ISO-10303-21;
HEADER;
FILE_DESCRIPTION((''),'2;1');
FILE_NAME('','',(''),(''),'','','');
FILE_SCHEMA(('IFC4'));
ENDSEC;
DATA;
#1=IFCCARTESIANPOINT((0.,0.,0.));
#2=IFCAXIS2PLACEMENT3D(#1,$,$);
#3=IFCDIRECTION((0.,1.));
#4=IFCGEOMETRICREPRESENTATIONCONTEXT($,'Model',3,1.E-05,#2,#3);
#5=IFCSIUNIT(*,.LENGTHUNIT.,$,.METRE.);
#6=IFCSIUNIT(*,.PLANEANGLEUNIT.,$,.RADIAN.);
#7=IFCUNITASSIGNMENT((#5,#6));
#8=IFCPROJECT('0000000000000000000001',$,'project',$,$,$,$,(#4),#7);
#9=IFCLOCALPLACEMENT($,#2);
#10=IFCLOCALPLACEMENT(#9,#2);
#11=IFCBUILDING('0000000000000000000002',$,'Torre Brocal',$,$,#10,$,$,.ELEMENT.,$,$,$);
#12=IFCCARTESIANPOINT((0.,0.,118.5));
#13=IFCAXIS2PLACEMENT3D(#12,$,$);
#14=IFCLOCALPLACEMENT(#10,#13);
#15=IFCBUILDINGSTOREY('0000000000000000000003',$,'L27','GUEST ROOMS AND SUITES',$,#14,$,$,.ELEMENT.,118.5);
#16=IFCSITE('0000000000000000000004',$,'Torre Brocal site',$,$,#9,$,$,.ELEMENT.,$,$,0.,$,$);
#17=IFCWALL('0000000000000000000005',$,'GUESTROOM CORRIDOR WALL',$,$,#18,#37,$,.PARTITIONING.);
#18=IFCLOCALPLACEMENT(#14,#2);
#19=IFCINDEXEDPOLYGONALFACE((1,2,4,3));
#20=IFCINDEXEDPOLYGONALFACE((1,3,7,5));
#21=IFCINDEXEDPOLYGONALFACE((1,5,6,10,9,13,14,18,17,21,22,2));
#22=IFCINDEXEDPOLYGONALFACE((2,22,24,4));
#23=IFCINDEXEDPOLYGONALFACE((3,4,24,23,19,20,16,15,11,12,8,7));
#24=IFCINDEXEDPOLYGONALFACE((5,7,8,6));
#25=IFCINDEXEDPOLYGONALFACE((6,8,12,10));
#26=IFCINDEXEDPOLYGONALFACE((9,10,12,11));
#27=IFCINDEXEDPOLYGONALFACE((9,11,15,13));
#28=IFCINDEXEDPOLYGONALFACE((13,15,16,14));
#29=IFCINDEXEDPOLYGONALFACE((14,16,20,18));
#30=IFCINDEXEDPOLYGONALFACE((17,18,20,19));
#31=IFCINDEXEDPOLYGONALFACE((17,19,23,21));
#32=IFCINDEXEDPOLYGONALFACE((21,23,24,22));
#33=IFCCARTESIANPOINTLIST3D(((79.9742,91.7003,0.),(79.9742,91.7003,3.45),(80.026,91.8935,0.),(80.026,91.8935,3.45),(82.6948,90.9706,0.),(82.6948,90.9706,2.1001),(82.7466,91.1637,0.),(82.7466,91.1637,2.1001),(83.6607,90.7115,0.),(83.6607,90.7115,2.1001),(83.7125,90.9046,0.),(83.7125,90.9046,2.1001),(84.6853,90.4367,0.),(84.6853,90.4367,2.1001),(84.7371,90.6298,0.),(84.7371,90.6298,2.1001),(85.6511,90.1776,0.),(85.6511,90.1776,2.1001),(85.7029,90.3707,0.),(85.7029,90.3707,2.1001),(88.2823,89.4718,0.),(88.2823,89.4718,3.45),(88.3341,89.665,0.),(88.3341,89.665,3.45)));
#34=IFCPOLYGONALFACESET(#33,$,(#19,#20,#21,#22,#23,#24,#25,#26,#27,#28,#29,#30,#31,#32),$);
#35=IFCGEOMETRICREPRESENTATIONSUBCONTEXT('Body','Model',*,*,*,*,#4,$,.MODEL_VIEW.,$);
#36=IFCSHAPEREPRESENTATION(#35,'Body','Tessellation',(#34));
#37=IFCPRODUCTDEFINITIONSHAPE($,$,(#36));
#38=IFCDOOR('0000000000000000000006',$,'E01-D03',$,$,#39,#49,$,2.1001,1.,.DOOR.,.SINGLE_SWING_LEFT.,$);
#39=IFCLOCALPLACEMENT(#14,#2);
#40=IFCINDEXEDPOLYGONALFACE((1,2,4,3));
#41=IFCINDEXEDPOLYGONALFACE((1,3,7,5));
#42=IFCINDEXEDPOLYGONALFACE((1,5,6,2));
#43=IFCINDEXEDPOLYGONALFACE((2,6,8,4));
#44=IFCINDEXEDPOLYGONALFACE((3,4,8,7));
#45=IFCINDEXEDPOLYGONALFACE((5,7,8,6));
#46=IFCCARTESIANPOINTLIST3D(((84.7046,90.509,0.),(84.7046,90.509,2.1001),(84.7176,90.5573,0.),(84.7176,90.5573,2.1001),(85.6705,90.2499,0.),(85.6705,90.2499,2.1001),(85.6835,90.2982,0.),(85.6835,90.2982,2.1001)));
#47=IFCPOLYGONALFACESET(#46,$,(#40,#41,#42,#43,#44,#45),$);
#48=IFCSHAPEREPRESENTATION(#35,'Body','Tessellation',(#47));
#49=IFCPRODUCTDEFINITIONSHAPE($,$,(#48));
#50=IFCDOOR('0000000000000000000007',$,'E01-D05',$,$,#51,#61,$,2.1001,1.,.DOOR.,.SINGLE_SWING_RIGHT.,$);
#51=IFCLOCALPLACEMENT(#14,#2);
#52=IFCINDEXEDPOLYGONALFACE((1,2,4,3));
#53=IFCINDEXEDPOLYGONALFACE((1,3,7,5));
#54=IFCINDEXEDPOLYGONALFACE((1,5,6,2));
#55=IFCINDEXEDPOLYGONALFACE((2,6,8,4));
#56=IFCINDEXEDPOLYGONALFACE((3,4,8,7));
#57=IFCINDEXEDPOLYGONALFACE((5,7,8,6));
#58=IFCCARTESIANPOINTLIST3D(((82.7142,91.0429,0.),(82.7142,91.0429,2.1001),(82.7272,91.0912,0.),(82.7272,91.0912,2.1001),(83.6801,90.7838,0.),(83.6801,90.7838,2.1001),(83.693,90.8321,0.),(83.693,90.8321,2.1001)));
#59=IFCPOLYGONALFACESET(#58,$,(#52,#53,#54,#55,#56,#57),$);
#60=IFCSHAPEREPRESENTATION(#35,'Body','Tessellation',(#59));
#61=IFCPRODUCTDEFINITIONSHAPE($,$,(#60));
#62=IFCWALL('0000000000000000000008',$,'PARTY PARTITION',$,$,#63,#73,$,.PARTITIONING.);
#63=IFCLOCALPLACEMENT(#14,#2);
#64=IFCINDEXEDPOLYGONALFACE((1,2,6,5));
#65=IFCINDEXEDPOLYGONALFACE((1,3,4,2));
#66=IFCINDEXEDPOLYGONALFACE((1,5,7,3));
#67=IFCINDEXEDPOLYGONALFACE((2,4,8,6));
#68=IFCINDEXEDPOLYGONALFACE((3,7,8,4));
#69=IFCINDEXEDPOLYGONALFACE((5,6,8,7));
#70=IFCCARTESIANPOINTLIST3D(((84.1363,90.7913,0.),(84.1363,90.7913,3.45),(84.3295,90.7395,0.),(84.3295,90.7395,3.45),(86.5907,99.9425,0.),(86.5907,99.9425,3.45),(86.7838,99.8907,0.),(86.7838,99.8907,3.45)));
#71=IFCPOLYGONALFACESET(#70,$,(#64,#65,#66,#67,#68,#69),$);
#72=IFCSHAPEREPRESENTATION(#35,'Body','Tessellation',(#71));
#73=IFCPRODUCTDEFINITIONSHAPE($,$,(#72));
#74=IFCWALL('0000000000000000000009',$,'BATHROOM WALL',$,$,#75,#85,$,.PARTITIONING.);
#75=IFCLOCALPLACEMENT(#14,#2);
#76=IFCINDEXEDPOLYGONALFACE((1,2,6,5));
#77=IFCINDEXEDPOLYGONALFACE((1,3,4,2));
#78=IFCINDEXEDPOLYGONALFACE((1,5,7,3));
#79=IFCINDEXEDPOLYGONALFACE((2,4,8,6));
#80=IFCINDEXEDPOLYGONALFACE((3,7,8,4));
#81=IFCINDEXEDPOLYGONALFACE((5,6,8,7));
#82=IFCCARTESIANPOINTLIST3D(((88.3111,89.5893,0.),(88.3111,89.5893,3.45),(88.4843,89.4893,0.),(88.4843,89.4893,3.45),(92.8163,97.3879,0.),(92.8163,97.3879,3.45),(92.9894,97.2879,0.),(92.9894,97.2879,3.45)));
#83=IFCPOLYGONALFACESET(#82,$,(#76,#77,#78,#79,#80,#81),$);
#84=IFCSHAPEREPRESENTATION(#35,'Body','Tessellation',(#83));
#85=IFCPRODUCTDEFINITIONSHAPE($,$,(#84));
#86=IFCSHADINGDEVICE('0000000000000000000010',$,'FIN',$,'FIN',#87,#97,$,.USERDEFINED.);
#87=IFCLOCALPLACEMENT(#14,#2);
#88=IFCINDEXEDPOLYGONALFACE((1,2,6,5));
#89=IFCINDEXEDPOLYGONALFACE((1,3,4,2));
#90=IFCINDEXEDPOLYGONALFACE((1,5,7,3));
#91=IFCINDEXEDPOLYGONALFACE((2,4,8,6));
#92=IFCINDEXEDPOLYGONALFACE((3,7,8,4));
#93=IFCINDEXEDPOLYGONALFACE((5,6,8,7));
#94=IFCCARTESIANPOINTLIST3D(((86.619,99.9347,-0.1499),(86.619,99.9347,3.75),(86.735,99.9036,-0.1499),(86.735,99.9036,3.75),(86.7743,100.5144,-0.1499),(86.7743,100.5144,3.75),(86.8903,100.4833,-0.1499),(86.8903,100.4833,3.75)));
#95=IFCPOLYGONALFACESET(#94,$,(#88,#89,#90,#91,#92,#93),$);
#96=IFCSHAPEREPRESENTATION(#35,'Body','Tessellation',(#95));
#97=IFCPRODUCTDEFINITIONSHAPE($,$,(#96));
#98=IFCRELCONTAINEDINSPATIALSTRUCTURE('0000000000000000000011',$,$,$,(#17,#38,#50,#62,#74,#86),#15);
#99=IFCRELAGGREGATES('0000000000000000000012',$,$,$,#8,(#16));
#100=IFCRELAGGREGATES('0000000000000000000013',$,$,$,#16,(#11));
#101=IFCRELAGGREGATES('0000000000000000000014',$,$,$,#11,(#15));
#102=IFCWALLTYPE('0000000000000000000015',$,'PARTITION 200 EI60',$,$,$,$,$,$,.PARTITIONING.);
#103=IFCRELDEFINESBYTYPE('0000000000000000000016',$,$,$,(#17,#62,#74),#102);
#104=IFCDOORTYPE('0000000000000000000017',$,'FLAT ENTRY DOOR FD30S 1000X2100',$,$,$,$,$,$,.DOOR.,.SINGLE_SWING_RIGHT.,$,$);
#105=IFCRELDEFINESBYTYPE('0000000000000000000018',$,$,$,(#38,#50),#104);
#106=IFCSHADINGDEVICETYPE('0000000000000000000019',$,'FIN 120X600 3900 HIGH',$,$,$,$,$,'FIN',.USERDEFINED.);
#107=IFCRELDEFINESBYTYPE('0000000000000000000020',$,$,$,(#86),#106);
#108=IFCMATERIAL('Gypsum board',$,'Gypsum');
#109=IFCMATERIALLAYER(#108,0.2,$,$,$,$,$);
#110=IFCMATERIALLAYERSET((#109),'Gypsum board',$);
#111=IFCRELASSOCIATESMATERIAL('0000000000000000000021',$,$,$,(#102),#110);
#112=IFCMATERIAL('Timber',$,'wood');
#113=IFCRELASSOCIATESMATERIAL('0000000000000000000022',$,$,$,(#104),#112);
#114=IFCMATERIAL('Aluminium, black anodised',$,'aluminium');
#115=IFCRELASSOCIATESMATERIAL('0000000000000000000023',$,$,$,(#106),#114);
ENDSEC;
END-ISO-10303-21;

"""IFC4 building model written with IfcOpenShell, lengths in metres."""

from ifc_helpers import new_model, si_unit, direction, frame, frame_2d, origin, origin_2d, place, context, subcontext, project, spatial, rectangle, extrude, material, layer, layer_set, material_profile, profile_set, type_object, element, fill, save


model = new_model("IFC4")

# Units and contexts
model_context = context("Model", 3, precision=1e-05, world=origin(), true_north=direction((0.0, 1.0)))
body_context = subcontext(model_context, "Body", "Model", "MODEL_VIEW")
ifc_project = project(units=[si_unit("LENGTHUNIT", "METRE"), si_unit("PLANEANGLEUNIT", "RADIAN")], contexts=[model_context])

# Site, building, storey
site_placement = place(None, origin())
site = spatial("IfcSite", under=ifc_project, at=site_placement, Name="Torre Brocal site", CompositionType="ELEMENT", RefElevation=0.0)
building_placement = place(site_placement, origin())
building = spatial("IfcBuilding", under=site, at=building_placement, Name="Torre Brocal", CompositionType="ELEMENT")
storey_placement = place(building_placement, frame((0.0, 0.0, 118.5)))
storey = spatial("IfcBuildingStorey", under=building, at=storey_placement, Name="L27", Description="GUEST ROOMS AND SUITES", CompositionType="ELEMENT", Elevation=118.5)

# Shared definitions
ifc_material_1 = material(Name="Gypsum board", Category="Gypsum")
ifc_layer_1 = layer(ifc_material_1, 0.2)
ifc_layer_set_1 = layer_set([ifc_layer_1], Name="Gypsum board")
wall_type_1 = type_object("IfcWallType", Name="PARTITION 200 EI60", PredefinedType="PARTITIONING", material=ifc_layer_set_1)
ifc_material_2 = material(Name="Timber", Category="wood")
door_type_1 = type_object("IfcDoorType", Name="FLAT ENTRY DOOR FD30S 1000X2100", OperationType="SINGLE_SWING_RIGHT", PredefinedType="DOOR", material=ifc_material_2)

# Wall, openings, doors
wall_1_placement = place(storey_placement, frame((80.0002, 91.7969, 0.0), z_axis=(0.0, 0.0, 1.0), x_axis=(0.965857, -0.259076, 0.0)))
wall_1 = element("IfcWall", 1, at=wall_1_placement, inside=storey, type_object=wall_type_1, Name="GUESTROOM CORRIDOR WALL", PredefinedType="PARTITIONING", context=body_context, shape_type="SweptSolid", body=[
    extrude(rectangle(XDim=8.6018, YDim=0.2, at=frame_2d((4.3008, 0.0))), origin(), (0.0, 0.0, 1.0), 3.45),
])
opening_1_placement = place(wall_1_placement, frame((4.8774, 0.0, 0.0)))
opening_1 = element("IfcOpeningElement", 2, at=opening_1_placement, cuts=wall_1, PredefinedType="OPENING", context=body_context, shape_type="SweptSolid", body=[
    extrude(rectangle(XDim=1.0, YDim=2.1001, at=frame_2d((0.5, 1.05))), frame((0.0, 0.1099, 0.0), z_axis=(0.0, -1.0, 0.0), x_axis=(1.0, 0.0, 0.0)), (0.0, 0.0, 1.0), 0.22),
])
opening_2_placement = place(wall_1_placement, frame((2.8167, 0.0, 0.0)))
opening_2 = element("IfcOpeningElement", 3, at=opening_2_placement, cuts=wall_1, PredefinedType="OPENING", context=body_context, shape_type="SweptSolid", body=[
    extrude(rectangle(XDim=1.0, YDim=2.1001, at=frame_2d((0.5, 1.05))), frame((0.0, 0.1099, 0.0), z_axis=(0.0, -1.0, 0.0), x_axis=(1.0, 0.0, 0.0)), (0.0, 0.0, 1.0), 0.22),
])
door_1_placement = place(opening_1_placement, origin())
door_1 = element("IfcDoor", 4, at=door_1_placement, inside=storey, type_object=door_type_1, Name="E01-D03", OperationType="SINGLE_SWING_LEFT", OverallHeight=2.1001, OverallWidth=1.0, PredefinedType="DOOR", context=body_context, shape_type="SweptSolid", body=[
    extrude(rectangle(XDim=1.0, YDim=2.1001, at=frame_2d((0.5, 1.05))), frame((0.0, 0.0249, 0.0), z_axis=(0.0, -1.0, 0.0), x_axis=(1.0, 0.0, 0.0)), (0.0, 0.0, 1.0), 0.05),
])
fill(opening_1, door_1)
door_2_placement = place(opening_2_placement, origin())
door_2 = element("IfcDoor", 5, at=door_2_placement, inside=storey, type_object=door_type_1, Name="E01-D05", OperationType="SINGLE_SWING_RIGHT", OverallHeight=2.1001, OverallWidth=1.0, PredefinedType="DOOR", context=body_context, shape_type="SweptSolid", body=[
    extrude(rectangle(XDim=1.0, YDim=2.1001, at=frame_2d((0.5, 1.05))), frame((0.0, 0.0249, 0.0), z_axis=(0.0, -1.0, 0.0), x_axis=(1.0, 0.0, 0.0)), (0.0, 0.0, 1.0), 0.05),
])
fill(opening_2, door_2)

# Walls
wall_2_placement = place(storey_placement, frame((84.2329, 90.7654, 0.0), z_axis=(0.0, 0.0, 1.0), x_axis=(0.259046, 0.965865, 0.0)))
element("IfcWall", 6, at=wall_2_placement, inside=storey, type_object=wall_type_1, Name="PARTY PARTITION", PredefinedType="PARTITIONING", context=body_context, shape_type="SweptSolid", body=[
    extrude(rectangle(XDim=9.4746, YDim=0.2, at=frame_2d((4.7373, 0.0))), origin(), (0.0, 0.0, 1.0), 3.45),
])
wall_3_placement = place(storey_placement, frame((88.3977, 89.5393, 0.0), z_axis=(0.0, 0.0, 1.0), x_axis=(0.500218, 0.8659, 0.0)))
element("IfcWall", 7, at=wall_3_placement, inside=storey, type_object=wall_type_1, Name="BATHROOM WALL", PredefinedType="PARTITIONING", context=body_context, shape_type="SweptSolid", body=[
    extrude(rectangle(XDim=9.0063, YDim=0.2, at=frame_2d((4.5032, 0.0))), origin(), (0.0, 0.0, 1.0), 3.45),
])

# Shading device
ifc_material_3 = material(Name="Aluminium, black anodised", Category="aluminium")
ifc_material_profile_1 = material_profile(ifc_material_3, rectangle(XDim=0.1201, YDim=0.6001, at=origin_2d()), Name="FIN 120X600 3900 HIGH")
ifc_profile_set_1 = profile_set([ifc_material_profile_1], Name="Aluminium, black anodised")
shading_device_type = type_object("IfcShadingDeviceType", Name="FIN 120X600 3900 HIGH", ElementType="FIN", PredefinedType="USERDEFINED", material=ifc_profile_set_1)
shading_device_placement = place(storey_placement, frame((86.7546, 100.209, -0.1499), z_axis=(0.0, 0.0, 1.0), x_axis=(-0.965926, 0.258819, 0.0)))
element("IfcShadingDevice", 8, at=shading_device_placement, inside=storey, type_object=shading_device_type, Name="FIN", ObjectType="FIN", PredefinedType="USERDEFINED", context=body_context, shape_type="SweptSolid", body=[
    extrude(rectangle(XDim=0.1201, YDim=0.6001, at=origin_2d()), origin(), (0.0, 0.0, 1.0), 3.8999),
])

save(model, "model.ifc")
